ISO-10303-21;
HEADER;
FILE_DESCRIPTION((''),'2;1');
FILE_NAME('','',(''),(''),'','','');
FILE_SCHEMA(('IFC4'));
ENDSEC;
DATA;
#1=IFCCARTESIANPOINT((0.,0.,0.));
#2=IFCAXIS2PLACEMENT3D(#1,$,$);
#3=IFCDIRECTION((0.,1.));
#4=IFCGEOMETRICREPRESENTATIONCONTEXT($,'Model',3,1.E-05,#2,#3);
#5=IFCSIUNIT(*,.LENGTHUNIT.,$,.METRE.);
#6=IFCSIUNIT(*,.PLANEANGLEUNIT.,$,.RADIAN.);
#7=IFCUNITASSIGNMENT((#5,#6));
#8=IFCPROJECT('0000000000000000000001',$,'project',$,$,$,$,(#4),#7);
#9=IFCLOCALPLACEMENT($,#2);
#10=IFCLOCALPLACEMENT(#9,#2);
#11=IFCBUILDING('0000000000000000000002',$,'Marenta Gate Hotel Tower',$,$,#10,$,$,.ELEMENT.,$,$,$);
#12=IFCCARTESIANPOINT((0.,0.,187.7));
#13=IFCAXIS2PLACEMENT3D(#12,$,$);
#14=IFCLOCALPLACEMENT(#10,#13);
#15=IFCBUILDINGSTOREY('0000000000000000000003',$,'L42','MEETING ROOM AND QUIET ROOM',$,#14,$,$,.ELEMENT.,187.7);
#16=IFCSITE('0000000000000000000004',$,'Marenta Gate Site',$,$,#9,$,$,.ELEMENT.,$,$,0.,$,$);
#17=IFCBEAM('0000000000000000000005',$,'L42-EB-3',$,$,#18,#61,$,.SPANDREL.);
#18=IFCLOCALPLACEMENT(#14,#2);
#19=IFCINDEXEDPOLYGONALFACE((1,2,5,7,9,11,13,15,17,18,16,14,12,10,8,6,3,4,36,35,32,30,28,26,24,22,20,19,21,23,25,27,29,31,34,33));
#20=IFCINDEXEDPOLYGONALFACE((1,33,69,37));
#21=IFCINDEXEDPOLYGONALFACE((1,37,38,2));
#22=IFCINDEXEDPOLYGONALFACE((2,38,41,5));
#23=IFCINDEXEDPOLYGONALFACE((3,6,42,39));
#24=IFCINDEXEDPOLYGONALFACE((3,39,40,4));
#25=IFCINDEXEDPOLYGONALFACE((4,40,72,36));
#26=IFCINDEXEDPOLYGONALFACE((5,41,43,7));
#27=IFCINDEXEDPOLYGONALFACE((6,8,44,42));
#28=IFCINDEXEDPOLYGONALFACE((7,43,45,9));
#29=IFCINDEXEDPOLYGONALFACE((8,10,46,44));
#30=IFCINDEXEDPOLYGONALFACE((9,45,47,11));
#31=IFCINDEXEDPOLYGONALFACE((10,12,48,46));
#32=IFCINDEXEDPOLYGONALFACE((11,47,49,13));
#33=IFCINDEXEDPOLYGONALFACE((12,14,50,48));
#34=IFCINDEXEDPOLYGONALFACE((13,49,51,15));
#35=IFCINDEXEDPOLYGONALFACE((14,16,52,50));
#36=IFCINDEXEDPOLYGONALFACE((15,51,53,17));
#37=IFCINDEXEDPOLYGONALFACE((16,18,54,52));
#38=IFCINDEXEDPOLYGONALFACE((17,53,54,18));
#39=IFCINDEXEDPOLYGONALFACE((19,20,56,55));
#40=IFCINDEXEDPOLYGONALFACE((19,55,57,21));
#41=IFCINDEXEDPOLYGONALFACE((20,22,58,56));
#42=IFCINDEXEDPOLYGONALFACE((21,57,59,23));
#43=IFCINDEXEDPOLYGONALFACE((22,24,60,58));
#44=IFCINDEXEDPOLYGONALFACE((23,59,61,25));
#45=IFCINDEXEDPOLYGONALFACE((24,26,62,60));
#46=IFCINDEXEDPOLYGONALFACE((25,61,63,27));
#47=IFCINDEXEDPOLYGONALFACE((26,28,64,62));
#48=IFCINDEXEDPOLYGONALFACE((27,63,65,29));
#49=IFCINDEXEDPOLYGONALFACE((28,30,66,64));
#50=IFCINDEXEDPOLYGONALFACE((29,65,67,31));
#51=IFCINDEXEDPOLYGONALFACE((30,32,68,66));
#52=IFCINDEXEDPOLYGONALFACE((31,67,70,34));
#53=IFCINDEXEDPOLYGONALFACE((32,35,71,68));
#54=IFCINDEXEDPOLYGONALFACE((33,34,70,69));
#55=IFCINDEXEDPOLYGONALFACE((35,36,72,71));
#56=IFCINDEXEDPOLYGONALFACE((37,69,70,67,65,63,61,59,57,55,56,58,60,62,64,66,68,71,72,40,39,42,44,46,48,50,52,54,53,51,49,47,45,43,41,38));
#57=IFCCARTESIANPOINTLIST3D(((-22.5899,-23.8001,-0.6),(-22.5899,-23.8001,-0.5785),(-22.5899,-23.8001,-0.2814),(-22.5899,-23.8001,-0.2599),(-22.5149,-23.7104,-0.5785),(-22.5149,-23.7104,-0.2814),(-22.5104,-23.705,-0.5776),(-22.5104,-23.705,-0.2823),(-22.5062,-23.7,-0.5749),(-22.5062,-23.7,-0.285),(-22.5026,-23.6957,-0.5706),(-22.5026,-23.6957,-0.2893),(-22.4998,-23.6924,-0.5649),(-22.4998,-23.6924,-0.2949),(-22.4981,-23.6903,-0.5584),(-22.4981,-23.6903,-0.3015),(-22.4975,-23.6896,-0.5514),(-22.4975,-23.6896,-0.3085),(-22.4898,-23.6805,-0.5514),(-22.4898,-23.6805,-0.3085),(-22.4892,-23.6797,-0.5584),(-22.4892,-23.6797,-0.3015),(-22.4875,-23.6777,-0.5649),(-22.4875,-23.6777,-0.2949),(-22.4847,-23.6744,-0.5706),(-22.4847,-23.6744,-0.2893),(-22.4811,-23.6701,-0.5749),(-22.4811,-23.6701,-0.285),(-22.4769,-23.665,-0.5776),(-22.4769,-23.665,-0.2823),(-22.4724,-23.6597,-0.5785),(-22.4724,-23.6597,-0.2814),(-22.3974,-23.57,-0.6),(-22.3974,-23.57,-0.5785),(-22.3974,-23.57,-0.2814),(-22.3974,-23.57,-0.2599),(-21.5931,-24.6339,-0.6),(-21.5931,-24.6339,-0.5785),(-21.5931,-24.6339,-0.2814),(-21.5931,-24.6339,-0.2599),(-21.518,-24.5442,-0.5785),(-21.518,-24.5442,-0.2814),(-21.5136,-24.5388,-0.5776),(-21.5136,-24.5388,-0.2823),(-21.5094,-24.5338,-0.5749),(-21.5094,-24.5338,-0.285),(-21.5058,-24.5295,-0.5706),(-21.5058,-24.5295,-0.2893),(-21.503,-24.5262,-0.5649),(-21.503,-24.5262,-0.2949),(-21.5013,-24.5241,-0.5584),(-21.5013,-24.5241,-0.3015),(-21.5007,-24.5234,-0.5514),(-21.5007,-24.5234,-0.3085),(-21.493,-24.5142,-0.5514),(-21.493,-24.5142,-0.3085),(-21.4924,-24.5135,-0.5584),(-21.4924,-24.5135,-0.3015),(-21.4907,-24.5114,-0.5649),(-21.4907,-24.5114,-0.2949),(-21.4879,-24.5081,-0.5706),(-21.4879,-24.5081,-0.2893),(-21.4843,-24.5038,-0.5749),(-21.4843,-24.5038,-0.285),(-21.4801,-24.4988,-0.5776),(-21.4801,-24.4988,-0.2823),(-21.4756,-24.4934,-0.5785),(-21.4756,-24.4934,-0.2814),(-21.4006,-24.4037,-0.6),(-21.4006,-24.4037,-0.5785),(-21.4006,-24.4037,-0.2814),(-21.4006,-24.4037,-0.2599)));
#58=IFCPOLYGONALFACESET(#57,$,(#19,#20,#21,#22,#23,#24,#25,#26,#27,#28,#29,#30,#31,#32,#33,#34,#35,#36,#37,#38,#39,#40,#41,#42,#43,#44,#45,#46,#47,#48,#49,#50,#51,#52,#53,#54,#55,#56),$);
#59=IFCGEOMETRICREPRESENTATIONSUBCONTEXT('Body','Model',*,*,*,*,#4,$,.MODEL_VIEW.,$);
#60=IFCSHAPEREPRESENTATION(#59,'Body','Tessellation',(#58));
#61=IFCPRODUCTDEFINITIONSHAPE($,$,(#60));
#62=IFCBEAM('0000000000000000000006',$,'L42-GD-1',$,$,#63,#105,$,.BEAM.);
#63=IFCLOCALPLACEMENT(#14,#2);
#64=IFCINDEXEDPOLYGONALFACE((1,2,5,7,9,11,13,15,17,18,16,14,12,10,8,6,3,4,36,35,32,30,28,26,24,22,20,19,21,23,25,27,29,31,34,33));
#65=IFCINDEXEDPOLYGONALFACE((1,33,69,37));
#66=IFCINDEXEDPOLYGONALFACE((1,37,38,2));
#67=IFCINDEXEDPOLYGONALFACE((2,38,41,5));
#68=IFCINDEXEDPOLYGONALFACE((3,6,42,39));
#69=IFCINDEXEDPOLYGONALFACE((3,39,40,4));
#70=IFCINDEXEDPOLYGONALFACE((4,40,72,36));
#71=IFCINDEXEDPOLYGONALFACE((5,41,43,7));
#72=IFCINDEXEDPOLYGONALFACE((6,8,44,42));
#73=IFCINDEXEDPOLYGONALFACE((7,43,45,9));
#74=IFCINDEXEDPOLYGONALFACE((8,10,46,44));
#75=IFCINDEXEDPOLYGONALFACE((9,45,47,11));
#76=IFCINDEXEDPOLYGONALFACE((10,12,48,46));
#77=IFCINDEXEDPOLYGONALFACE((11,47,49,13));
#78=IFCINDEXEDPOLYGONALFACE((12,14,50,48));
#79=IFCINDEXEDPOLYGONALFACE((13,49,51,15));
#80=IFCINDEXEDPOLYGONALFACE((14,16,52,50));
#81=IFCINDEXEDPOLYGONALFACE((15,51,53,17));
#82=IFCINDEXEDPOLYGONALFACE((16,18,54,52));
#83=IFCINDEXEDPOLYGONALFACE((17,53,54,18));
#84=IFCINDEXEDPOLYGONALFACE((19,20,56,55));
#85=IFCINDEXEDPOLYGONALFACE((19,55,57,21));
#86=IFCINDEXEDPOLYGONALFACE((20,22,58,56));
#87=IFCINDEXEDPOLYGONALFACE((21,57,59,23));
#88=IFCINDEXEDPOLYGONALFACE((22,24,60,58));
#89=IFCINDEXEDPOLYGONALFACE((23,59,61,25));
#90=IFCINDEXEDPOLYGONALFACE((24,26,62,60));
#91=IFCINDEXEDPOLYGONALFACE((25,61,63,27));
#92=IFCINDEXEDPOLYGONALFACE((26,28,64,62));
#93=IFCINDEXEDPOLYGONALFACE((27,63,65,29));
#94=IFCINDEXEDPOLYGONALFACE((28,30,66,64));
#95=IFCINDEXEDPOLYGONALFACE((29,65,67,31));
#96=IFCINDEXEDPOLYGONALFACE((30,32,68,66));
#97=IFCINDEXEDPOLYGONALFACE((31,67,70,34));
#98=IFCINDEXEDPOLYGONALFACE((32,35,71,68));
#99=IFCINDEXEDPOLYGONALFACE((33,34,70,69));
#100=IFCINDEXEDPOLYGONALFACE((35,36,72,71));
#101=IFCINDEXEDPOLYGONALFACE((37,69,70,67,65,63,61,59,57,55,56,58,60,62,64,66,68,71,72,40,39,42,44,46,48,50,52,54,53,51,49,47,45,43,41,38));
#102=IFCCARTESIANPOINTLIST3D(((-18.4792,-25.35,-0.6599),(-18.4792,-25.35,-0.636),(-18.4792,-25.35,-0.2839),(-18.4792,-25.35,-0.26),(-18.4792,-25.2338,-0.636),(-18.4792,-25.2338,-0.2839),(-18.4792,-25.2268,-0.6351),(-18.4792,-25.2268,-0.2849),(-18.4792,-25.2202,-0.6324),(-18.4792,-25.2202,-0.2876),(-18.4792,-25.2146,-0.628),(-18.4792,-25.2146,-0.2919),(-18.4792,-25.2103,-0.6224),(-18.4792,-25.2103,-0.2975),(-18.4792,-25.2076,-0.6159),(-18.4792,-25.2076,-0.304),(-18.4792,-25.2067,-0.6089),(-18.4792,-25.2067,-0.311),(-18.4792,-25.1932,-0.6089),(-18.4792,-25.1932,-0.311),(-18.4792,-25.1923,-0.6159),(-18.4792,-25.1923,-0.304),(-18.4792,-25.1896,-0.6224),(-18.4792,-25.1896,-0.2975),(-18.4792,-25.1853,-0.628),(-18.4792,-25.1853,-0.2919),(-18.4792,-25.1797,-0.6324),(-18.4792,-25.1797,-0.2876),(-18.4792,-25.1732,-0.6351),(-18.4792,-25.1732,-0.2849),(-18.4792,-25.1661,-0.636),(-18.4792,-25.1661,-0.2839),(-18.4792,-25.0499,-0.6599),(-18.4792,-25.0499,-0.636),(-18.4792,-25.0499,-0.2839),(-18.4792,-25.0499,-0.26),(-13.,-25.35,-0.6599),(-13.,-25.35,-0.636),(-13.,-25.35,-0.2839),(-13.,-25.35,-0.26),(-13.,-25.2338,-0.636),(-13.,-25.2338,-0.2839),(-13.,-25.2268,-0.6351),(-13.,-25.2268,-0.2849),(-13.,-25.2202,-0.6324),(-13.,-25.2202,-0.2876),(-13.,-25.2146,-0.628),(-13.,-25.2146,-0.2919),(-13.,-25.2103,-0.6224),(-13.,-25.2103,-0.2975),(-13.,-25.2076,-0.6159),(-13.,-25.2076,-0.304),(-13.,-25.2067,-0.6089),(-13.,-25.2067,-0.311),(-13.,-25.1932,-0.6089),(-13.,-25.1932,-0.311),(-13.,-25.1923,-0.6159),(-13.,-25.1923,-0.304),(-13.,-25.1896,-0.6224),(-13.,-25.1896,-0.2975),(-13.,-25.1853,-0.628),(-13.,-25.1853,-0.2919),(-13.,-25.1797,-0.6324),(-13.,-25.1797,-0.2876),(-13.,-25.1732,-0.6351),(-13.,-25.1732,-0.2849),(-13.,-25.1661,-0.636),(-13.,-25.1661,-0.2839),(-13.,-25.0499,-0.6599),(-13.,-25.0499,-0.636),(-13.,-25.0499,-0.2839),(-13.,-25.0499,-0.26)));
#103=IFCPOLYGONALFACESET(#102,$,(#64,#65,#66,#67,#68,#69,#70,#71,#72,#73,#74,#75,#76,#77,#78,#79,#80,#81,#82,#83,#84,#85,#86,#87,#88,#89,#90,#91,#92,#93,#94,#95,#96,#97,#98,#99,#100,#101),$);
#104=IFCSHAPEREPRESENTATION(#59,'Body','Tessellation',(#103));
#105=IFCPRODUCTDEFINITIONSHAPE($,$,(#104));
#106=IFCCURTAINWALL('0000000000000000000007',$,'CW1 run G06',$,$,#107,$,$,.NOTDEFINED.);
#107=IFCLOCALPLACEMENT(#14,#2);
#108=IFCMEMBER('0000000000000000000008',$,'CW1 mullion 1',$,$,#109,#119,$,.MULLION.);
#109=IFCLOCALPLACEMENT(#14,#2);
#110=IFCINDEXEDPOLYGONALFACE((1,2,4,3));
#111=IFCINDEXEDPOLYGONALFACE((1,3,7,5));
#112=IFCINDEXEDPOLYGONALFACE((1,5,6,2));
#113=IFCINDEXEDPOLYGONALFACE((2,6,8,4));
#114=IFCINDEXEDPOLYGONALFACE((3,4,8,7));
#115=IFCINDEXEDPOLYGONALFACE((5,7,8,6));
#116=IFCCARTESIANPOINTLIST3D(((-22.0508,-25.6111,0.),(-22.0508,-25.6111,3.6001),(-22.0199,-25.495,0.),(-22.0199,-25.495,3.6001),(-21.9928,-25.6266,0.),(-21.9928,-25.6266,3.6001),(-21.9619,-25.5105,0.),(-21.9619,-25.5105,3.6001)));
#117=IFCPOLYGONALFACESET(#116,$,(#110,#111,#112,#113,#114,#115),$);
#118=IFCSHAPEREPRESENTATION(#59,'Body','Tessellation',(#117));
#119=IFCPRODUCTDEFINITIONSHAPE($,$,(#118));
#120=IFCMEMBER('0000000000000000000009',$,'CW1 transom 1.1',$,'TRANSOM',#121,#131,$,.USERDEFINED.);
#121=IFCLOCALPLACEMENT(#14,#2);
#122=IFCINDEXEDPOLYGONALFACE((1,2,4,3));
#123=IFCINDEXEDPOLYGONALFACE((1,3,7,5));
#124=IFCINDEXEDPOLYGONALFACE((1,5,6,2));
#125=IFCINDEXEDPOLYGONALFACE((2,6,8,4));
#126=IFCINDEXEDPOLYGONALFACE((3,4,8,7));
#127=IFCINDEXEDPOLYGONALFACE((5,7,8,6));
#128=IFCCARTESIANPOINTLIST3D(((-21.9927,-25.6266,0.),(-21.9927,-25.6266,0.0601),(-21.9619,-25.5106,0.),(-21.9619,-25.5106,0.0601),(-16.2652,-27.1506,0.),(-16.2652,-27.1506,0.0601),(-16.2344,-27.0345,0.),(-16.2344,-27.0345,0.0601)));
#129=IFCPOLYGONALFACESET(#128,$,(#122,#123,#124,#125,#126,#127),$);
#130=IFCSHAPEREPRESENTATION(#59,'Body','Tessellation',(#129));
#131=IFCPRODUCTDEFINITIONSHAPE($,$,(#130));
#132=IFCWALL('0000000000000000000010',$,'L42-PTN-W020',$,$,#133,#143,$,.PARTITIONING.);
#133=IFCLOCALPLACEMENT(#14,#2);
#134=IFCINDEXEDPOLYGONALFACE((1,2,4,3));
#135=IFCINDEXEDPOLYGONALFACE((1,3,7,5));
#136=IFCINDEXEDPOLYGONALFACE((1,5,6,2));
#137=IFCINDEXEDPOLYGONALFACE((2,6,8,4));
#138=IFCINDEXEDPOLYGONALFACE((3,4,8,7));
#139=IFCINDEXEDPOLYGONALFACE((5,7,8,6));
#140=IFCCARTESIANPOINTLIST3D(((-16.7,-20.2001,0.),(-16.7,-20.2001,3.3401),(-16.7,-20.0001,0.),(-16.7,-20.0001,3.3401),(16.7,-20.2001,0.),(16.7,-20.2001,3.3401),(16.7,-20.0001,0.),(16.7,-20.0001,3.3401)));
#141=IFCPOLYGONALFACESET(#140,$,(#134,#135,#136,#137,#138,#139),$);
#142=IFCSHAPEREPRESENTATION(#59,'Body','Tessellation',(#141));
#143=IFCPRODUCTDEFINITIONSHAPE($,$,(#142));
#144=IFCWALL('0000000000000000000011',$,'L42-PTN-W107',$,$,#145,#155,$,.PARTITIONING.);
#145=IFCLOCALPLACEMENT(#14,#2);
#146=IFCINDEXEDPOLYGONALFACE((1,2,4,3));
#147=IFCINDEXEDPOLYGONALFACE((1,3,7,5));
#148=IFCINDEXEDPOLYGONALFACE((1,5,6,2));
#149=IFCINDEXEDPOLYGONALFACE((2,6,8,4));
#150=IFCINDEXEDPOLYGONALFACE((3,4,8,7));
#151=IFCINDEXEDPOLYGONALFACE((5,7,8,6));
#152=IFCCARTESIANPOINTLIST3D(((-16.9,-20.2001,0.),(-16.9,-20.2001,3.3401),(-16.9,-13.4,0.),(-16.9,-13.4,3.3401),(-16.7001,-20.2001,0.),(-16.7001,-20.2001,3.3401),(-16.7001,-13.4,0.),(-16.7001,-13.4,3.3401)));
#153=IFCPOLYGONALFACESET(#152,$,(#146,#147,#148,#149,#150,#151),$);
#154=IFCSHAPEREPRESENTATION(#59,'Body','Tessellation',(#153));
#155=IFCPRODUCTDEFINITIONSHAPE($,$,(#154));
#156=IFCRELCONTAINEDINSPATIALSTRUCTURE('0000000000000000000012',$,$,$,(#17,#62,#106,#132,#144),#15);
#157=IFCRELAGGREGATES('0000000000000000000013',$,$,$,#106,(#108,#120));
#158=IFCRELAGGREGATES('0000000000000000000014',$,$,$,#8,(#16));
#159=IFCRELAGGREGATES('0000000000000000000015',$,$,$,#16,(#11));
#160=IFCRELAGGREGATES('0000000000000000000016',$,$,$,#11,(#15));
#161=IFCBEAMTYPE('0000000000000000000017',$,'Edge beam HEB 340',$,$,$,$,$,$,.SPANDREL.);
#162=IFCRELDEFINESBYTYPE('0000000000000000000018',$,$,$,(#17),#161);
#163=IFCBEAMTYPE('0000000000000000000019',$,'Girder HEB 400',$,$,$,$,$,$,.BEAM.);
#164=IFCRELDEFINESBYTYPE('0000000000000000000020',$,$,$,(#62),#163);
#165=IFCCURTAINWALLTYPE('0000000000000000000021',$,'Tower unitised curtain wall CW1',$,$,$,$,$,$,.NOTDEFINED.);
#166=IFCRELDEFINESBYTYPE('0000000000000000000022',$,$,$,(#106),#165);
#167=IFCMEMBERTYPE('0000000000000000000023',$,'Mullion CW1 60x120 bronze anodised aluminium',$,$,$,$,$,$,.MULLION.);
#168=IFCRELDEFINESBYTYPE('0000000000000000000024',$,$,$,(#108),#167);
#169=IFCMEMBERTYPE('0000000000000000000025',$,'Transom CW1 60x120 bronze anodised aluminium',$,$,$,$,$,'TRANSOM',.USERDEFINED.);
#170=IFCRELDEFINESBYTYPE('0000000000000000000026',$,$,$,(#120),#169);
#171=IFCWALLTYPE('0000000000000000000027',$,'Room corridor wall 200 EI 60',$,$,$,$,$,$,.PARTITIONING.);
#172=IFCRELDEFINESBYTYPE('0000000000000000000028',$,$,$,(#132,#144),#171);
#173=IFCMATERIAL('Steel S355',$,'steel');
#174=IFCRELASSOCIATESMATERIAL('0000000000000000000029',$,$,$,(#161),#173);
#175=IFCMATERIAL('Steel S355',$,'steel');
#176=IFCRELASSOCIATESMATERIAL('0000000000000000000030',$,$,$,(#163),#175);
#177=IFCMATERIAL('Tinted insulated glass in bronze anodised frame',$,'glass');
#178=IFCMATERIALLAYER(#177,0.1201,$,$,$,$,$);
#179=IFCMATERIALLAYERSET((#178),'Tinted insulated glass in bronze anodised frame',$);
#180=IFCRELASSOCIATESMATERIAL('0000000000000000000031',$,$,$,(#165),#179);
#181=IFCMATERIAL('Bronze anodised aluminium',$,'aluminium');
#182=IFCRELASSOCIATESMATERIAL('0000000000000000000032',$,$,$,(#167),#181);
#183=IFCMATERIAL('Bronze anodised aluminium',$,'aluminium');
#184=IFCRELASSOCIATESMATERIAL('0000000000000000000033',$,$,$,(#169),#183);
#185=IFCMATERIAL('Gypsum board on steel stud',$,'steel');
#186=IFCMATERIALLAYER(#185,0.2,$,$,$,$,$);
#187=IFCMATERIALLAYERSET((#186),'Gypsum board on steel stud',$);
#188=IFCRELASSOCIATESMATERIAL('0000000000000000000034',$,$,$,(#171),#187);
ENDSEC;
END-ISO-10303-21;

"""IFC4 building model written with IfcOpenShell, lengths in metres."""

from ifc_helpers import new_model, si_unit, direction, frame, frame_2d, origin, origin_2d, place, context, subcontext, project, spatial, rectangle, i_section, extrude, material, layer, layer_set, material_profile, profile_set, type_object, element, aggregate, save


model = new_model("IFC4")

# Units and contexts
model_context = context("Model", 3, precision=1e-05, world=origin(), true_north=direction((0.0, 1.0)))
body_context = subcontext(model_context, "Body", "Model", "MODEL_VIEW")
ifc_project = project(units=[si_unit("LENGTHUNIT", "METRE"), si_unit("PLANEANGLEUNIT", "RADIAN")], contexts=[model_context])

# Site, building, storey
site_placement = place(None, origin())
site = spatial("IfcSite", under=ifc_project, at=site_placement, Name="Marenta Gate Site", CompositionType="ELEMENT", RefElevation=0.0)
building_placement = place(site_placement, origin())
building = spatial("IfcBuilding", under=site, at=building_placement, Name="Marenta Gate Hotel Tower", CompositionType="ELEMENT")
storey_placement = place(building_placement, frame((0.0, 0.0, 187.7)))
storey = spatial("IfcBuildingStorey", under=building, at=storey_placement, Name="L42", Description="MEETING ROOM AND QUIET ROOM", CompositionType="ELEMENT", Elevation=187.7)

# Beams
ifc_material_1 = material(Name="Steel S355", Category="steel")
ifc_material_profile_1 = material_profile(ifc_material_1, i_section(OverallWidth=0.3, OverallDepth=0.3401, WebThickness=0.012, FlangeThickness=0.0215, FilletRadius=0.0271, at=origin_2d()), Name="HEB 340")
ifc_profile_set_1 = profile_set([ifc_material_profile_1], Name="Steel S355")
beam_type_1 = type_object("IfcBeamType", Name="Edge beam HEB 340", PredefinedType="SPANDREL", material=ifc_profile_set_1)
beam_1_placement = place(storey_placement, frame((-21.4968, -24.5188, -0.4299), z_axis=(-0.767065, 0.641569, 0.0), x_axis=(-0.641569, -0.767065, 0.0)))
element("IfcBeam", 1, at=beam_1_placement, inside=storey, type_object=beam_type_1, Name="L42-EB-3", PredefinedType="SPANDREL", context=body_context, shape_type="SweptSolid", body=[
    extrude(i_section(OverallWidth=0.3, OverallDepth=0.3401, WebThickness=0.012, FlangeThickness=0.0215, FilletRadius=0.0271, at=origin_2d()), origin(), (0.0, 0.0, 1.0), 1.2996),
])
ifc_material_2 = material(Name="Steel S355", Category="steel")
ifc_material_profile_2 = material_profile(ifc_material_2, i_section(OverallWidth=0.3, OverallDepth=0.3999, WebThickness=0.0134, FlangeThickness=0.0239, FilletRadius=0.0271, at=origin_2d()), Name="HEB 400")
ifc_profile_set_2 = profile_set([ifc_material_profile_2], Name="Steel S355")
beam_type_2 = type_object("IfcBeamType", Name="Girder HEB 400", PredefinedType="BEAM", material=ifc_profile_set_2)
beam_2_placement = place(storey_placement, frame((-18.4792, -25.2, -0.46), z_axis=(1.0, 0.0, 0.0), x_axis=(0.0, 1.0, 0.0)))
element("IfcBeam", 2, at=beam_2_placement, inside=storey, type_object=beam_type_2, Name="L42-GD-1", PredefinedType="BEAM", context=body_context, shape_type="SweptSolid", body=[
    extrude(i_section(OverallWidth=0.3, OverallDepth=0.3999, WebThickness=0.0134, FlangeThickness=0.0239, FilletRadius=0.0271, at=origin_2d()), origin(), (0.0, 0.0, 1.0), 5.4792),
])

# Curtain wall, members
ifc_material_3 = material(Name="Tinted insulated glass in bronze anodised frame", Category="glass")
ifc_layer_1 = layer(ifc_material_3, 0.1201)
ifc_layer_set_1 = layer_set([ifc_layer_1], Name="Tinted insulated glass in bronze anodised frame")
curtain_wall_type = type_object("IfcCurtainWallType", Name="Tower unitised curtain wall CW1", PredefinedType="NOTDEFINED", material=ifc_layer_set_1)
curtain_wall_placement = place(storey_placement, origin())
curtain_wall = element("IfcCurtainWall", 3, at=curtain_wall_placement, inside=storey, type_object=curtain_wall_type, Name="CW1 run G06", PredefinedType="NOTDEFINED")
ifc_material_4 = material(Name="Bronze anodised aluminium", Category="aluminium")
ifc_material_profile_3 = material_profile(ifc_material_4, rectangle(XDim=0.1201, YDim=0.0601, at=origin_2d()), Name="Mullion CW1 60x120 bronze anodised aluminium")
ifc_profile_set_3 = profile_set([ifc_material_profile_3], Name="Bronze anodised aluminium")
member_type_1 = type_object("IfcMemberType", Name="Mullion CW1 60x120 bronze anodised aluminium", PredefinedType="MULLION", material=ifc_profile_set_3)
member_1_placement = place(storey_placement, frame((-22.0063, -25.5608, 0.0), z_axis=(0.0, 0.0, 1.0), x_axis=(0.257139, 0.966374, 0.0)))
member_1 = element("IfcMember", 4, at=member_1_placement, type_object=member_type_1, Name="CW1 mullion 1", PredefinedType="MULLION", context=body_context, shape_type="SweptSolid", body=[
    extrude(rectangle(XDim=0.1201, YDim=0.0601, at=origin_2d()), origin(), (0.0, 0.0, 1.0), 3.6001),
])
ifc_material_5 = material(Name="Bronze anodised aluminium", Category="aluminium")
ifc_material_profile_4 = material_profile(ifc_material_5, rectangle(XDim=0.1201, YDim=0.0601, at=origin_2d()), Name="Transom CW1 60x120 bronze anodised aluminium")
ifc_profile_set_4 = profile_set([ifc_material_profile_4], Name="Bronze anodised aluminium")
member_type_2 = type_object("IfcMemberType", Name="Transom CW1 60x120 bronze anodised aluminium", ElementType="TRANSOM", PredefinedType="USERDEFINED", material=ifc_profile_set_4)
member_2_placement = place(storey_placement, frame((-21.9773, -25.5686, 0.03), z_axis=(0.966378, -0.257124, 0.0), x_axis=(0.257124, 0.966378, 0.0)))
member_2 = element("IfcMember", 5, at=member_2_placement, type_object=member_type_2, Name="CW1 transom 1.1", ObjectType="TRANSOM", PredefinedType="USERDEFINED", context=body_context, shape_type="SweptSolid", body=[
    extrude(rectangle(XDim=0.1201, YDim=0.0601, at=origin_2d()), origin(), (0.0, 0.0, 1.0), 5.9268),
])
aggregate(curtain_wall, [member_1, member_2])

# Shared definitions
ifc_material_6 = material(Name="Gypsum board on steel stud", Category="steel")
ifc_layer_2 = layer(ifc_material_6, 0.2)
ifc_layer_set_2 = layer_set([ifc_layer_2], Name="Gypsum board on steel stud")
wall_type = type_object("IfcWallType", Name="Room corridor wall 200 EI 60", PredefinedType="PARTITIONING", material=ifc_layer_set_2)

# Walls
wall_1_placement = place(storey_placement, frame((-16.7, -20.1001, 0.0), z_axis=(0.0, 0.0, 1.0), x_axis=(1.0, 0.0, 0.0)))
element("IfcWall", 6, at=wall_1_placement, inside=storey, type_object=wall_type, Name="L42-PTN-W020", PredefinedType="PARTITIONING", context=body_context, shape_type="SweptSolid", body=[
    extrude(rectangle(XDim=33.3999, YDim=0.2, at=frame_2d((16.7, 0.0))), origin(), (0.0, 0.0, 1.0), 3.3401),
])
wall_2_placement = place(storey_placement, frame((-16.8, -20.2, 0.0), z_axis=(0.0, 0.0, 1.0), x_axis=(0.0, 1.0, 0.0)))
element("IfcWall", 7, at=wall_2_placement, inside=storey, type_object=wall_type, Name="L42-PTN-W107", PredefinedType="PARTITIONING", context=body_context, shape_type="SweptSolid", body=[
    extrude(rectangle(XDim=6.8, YDim=0.2, at=frame_2d((3.3999, 0.0))), origin(), (0.0, 0.0, 1.0), 3.3401),
])

save(model, "model.ifc")
